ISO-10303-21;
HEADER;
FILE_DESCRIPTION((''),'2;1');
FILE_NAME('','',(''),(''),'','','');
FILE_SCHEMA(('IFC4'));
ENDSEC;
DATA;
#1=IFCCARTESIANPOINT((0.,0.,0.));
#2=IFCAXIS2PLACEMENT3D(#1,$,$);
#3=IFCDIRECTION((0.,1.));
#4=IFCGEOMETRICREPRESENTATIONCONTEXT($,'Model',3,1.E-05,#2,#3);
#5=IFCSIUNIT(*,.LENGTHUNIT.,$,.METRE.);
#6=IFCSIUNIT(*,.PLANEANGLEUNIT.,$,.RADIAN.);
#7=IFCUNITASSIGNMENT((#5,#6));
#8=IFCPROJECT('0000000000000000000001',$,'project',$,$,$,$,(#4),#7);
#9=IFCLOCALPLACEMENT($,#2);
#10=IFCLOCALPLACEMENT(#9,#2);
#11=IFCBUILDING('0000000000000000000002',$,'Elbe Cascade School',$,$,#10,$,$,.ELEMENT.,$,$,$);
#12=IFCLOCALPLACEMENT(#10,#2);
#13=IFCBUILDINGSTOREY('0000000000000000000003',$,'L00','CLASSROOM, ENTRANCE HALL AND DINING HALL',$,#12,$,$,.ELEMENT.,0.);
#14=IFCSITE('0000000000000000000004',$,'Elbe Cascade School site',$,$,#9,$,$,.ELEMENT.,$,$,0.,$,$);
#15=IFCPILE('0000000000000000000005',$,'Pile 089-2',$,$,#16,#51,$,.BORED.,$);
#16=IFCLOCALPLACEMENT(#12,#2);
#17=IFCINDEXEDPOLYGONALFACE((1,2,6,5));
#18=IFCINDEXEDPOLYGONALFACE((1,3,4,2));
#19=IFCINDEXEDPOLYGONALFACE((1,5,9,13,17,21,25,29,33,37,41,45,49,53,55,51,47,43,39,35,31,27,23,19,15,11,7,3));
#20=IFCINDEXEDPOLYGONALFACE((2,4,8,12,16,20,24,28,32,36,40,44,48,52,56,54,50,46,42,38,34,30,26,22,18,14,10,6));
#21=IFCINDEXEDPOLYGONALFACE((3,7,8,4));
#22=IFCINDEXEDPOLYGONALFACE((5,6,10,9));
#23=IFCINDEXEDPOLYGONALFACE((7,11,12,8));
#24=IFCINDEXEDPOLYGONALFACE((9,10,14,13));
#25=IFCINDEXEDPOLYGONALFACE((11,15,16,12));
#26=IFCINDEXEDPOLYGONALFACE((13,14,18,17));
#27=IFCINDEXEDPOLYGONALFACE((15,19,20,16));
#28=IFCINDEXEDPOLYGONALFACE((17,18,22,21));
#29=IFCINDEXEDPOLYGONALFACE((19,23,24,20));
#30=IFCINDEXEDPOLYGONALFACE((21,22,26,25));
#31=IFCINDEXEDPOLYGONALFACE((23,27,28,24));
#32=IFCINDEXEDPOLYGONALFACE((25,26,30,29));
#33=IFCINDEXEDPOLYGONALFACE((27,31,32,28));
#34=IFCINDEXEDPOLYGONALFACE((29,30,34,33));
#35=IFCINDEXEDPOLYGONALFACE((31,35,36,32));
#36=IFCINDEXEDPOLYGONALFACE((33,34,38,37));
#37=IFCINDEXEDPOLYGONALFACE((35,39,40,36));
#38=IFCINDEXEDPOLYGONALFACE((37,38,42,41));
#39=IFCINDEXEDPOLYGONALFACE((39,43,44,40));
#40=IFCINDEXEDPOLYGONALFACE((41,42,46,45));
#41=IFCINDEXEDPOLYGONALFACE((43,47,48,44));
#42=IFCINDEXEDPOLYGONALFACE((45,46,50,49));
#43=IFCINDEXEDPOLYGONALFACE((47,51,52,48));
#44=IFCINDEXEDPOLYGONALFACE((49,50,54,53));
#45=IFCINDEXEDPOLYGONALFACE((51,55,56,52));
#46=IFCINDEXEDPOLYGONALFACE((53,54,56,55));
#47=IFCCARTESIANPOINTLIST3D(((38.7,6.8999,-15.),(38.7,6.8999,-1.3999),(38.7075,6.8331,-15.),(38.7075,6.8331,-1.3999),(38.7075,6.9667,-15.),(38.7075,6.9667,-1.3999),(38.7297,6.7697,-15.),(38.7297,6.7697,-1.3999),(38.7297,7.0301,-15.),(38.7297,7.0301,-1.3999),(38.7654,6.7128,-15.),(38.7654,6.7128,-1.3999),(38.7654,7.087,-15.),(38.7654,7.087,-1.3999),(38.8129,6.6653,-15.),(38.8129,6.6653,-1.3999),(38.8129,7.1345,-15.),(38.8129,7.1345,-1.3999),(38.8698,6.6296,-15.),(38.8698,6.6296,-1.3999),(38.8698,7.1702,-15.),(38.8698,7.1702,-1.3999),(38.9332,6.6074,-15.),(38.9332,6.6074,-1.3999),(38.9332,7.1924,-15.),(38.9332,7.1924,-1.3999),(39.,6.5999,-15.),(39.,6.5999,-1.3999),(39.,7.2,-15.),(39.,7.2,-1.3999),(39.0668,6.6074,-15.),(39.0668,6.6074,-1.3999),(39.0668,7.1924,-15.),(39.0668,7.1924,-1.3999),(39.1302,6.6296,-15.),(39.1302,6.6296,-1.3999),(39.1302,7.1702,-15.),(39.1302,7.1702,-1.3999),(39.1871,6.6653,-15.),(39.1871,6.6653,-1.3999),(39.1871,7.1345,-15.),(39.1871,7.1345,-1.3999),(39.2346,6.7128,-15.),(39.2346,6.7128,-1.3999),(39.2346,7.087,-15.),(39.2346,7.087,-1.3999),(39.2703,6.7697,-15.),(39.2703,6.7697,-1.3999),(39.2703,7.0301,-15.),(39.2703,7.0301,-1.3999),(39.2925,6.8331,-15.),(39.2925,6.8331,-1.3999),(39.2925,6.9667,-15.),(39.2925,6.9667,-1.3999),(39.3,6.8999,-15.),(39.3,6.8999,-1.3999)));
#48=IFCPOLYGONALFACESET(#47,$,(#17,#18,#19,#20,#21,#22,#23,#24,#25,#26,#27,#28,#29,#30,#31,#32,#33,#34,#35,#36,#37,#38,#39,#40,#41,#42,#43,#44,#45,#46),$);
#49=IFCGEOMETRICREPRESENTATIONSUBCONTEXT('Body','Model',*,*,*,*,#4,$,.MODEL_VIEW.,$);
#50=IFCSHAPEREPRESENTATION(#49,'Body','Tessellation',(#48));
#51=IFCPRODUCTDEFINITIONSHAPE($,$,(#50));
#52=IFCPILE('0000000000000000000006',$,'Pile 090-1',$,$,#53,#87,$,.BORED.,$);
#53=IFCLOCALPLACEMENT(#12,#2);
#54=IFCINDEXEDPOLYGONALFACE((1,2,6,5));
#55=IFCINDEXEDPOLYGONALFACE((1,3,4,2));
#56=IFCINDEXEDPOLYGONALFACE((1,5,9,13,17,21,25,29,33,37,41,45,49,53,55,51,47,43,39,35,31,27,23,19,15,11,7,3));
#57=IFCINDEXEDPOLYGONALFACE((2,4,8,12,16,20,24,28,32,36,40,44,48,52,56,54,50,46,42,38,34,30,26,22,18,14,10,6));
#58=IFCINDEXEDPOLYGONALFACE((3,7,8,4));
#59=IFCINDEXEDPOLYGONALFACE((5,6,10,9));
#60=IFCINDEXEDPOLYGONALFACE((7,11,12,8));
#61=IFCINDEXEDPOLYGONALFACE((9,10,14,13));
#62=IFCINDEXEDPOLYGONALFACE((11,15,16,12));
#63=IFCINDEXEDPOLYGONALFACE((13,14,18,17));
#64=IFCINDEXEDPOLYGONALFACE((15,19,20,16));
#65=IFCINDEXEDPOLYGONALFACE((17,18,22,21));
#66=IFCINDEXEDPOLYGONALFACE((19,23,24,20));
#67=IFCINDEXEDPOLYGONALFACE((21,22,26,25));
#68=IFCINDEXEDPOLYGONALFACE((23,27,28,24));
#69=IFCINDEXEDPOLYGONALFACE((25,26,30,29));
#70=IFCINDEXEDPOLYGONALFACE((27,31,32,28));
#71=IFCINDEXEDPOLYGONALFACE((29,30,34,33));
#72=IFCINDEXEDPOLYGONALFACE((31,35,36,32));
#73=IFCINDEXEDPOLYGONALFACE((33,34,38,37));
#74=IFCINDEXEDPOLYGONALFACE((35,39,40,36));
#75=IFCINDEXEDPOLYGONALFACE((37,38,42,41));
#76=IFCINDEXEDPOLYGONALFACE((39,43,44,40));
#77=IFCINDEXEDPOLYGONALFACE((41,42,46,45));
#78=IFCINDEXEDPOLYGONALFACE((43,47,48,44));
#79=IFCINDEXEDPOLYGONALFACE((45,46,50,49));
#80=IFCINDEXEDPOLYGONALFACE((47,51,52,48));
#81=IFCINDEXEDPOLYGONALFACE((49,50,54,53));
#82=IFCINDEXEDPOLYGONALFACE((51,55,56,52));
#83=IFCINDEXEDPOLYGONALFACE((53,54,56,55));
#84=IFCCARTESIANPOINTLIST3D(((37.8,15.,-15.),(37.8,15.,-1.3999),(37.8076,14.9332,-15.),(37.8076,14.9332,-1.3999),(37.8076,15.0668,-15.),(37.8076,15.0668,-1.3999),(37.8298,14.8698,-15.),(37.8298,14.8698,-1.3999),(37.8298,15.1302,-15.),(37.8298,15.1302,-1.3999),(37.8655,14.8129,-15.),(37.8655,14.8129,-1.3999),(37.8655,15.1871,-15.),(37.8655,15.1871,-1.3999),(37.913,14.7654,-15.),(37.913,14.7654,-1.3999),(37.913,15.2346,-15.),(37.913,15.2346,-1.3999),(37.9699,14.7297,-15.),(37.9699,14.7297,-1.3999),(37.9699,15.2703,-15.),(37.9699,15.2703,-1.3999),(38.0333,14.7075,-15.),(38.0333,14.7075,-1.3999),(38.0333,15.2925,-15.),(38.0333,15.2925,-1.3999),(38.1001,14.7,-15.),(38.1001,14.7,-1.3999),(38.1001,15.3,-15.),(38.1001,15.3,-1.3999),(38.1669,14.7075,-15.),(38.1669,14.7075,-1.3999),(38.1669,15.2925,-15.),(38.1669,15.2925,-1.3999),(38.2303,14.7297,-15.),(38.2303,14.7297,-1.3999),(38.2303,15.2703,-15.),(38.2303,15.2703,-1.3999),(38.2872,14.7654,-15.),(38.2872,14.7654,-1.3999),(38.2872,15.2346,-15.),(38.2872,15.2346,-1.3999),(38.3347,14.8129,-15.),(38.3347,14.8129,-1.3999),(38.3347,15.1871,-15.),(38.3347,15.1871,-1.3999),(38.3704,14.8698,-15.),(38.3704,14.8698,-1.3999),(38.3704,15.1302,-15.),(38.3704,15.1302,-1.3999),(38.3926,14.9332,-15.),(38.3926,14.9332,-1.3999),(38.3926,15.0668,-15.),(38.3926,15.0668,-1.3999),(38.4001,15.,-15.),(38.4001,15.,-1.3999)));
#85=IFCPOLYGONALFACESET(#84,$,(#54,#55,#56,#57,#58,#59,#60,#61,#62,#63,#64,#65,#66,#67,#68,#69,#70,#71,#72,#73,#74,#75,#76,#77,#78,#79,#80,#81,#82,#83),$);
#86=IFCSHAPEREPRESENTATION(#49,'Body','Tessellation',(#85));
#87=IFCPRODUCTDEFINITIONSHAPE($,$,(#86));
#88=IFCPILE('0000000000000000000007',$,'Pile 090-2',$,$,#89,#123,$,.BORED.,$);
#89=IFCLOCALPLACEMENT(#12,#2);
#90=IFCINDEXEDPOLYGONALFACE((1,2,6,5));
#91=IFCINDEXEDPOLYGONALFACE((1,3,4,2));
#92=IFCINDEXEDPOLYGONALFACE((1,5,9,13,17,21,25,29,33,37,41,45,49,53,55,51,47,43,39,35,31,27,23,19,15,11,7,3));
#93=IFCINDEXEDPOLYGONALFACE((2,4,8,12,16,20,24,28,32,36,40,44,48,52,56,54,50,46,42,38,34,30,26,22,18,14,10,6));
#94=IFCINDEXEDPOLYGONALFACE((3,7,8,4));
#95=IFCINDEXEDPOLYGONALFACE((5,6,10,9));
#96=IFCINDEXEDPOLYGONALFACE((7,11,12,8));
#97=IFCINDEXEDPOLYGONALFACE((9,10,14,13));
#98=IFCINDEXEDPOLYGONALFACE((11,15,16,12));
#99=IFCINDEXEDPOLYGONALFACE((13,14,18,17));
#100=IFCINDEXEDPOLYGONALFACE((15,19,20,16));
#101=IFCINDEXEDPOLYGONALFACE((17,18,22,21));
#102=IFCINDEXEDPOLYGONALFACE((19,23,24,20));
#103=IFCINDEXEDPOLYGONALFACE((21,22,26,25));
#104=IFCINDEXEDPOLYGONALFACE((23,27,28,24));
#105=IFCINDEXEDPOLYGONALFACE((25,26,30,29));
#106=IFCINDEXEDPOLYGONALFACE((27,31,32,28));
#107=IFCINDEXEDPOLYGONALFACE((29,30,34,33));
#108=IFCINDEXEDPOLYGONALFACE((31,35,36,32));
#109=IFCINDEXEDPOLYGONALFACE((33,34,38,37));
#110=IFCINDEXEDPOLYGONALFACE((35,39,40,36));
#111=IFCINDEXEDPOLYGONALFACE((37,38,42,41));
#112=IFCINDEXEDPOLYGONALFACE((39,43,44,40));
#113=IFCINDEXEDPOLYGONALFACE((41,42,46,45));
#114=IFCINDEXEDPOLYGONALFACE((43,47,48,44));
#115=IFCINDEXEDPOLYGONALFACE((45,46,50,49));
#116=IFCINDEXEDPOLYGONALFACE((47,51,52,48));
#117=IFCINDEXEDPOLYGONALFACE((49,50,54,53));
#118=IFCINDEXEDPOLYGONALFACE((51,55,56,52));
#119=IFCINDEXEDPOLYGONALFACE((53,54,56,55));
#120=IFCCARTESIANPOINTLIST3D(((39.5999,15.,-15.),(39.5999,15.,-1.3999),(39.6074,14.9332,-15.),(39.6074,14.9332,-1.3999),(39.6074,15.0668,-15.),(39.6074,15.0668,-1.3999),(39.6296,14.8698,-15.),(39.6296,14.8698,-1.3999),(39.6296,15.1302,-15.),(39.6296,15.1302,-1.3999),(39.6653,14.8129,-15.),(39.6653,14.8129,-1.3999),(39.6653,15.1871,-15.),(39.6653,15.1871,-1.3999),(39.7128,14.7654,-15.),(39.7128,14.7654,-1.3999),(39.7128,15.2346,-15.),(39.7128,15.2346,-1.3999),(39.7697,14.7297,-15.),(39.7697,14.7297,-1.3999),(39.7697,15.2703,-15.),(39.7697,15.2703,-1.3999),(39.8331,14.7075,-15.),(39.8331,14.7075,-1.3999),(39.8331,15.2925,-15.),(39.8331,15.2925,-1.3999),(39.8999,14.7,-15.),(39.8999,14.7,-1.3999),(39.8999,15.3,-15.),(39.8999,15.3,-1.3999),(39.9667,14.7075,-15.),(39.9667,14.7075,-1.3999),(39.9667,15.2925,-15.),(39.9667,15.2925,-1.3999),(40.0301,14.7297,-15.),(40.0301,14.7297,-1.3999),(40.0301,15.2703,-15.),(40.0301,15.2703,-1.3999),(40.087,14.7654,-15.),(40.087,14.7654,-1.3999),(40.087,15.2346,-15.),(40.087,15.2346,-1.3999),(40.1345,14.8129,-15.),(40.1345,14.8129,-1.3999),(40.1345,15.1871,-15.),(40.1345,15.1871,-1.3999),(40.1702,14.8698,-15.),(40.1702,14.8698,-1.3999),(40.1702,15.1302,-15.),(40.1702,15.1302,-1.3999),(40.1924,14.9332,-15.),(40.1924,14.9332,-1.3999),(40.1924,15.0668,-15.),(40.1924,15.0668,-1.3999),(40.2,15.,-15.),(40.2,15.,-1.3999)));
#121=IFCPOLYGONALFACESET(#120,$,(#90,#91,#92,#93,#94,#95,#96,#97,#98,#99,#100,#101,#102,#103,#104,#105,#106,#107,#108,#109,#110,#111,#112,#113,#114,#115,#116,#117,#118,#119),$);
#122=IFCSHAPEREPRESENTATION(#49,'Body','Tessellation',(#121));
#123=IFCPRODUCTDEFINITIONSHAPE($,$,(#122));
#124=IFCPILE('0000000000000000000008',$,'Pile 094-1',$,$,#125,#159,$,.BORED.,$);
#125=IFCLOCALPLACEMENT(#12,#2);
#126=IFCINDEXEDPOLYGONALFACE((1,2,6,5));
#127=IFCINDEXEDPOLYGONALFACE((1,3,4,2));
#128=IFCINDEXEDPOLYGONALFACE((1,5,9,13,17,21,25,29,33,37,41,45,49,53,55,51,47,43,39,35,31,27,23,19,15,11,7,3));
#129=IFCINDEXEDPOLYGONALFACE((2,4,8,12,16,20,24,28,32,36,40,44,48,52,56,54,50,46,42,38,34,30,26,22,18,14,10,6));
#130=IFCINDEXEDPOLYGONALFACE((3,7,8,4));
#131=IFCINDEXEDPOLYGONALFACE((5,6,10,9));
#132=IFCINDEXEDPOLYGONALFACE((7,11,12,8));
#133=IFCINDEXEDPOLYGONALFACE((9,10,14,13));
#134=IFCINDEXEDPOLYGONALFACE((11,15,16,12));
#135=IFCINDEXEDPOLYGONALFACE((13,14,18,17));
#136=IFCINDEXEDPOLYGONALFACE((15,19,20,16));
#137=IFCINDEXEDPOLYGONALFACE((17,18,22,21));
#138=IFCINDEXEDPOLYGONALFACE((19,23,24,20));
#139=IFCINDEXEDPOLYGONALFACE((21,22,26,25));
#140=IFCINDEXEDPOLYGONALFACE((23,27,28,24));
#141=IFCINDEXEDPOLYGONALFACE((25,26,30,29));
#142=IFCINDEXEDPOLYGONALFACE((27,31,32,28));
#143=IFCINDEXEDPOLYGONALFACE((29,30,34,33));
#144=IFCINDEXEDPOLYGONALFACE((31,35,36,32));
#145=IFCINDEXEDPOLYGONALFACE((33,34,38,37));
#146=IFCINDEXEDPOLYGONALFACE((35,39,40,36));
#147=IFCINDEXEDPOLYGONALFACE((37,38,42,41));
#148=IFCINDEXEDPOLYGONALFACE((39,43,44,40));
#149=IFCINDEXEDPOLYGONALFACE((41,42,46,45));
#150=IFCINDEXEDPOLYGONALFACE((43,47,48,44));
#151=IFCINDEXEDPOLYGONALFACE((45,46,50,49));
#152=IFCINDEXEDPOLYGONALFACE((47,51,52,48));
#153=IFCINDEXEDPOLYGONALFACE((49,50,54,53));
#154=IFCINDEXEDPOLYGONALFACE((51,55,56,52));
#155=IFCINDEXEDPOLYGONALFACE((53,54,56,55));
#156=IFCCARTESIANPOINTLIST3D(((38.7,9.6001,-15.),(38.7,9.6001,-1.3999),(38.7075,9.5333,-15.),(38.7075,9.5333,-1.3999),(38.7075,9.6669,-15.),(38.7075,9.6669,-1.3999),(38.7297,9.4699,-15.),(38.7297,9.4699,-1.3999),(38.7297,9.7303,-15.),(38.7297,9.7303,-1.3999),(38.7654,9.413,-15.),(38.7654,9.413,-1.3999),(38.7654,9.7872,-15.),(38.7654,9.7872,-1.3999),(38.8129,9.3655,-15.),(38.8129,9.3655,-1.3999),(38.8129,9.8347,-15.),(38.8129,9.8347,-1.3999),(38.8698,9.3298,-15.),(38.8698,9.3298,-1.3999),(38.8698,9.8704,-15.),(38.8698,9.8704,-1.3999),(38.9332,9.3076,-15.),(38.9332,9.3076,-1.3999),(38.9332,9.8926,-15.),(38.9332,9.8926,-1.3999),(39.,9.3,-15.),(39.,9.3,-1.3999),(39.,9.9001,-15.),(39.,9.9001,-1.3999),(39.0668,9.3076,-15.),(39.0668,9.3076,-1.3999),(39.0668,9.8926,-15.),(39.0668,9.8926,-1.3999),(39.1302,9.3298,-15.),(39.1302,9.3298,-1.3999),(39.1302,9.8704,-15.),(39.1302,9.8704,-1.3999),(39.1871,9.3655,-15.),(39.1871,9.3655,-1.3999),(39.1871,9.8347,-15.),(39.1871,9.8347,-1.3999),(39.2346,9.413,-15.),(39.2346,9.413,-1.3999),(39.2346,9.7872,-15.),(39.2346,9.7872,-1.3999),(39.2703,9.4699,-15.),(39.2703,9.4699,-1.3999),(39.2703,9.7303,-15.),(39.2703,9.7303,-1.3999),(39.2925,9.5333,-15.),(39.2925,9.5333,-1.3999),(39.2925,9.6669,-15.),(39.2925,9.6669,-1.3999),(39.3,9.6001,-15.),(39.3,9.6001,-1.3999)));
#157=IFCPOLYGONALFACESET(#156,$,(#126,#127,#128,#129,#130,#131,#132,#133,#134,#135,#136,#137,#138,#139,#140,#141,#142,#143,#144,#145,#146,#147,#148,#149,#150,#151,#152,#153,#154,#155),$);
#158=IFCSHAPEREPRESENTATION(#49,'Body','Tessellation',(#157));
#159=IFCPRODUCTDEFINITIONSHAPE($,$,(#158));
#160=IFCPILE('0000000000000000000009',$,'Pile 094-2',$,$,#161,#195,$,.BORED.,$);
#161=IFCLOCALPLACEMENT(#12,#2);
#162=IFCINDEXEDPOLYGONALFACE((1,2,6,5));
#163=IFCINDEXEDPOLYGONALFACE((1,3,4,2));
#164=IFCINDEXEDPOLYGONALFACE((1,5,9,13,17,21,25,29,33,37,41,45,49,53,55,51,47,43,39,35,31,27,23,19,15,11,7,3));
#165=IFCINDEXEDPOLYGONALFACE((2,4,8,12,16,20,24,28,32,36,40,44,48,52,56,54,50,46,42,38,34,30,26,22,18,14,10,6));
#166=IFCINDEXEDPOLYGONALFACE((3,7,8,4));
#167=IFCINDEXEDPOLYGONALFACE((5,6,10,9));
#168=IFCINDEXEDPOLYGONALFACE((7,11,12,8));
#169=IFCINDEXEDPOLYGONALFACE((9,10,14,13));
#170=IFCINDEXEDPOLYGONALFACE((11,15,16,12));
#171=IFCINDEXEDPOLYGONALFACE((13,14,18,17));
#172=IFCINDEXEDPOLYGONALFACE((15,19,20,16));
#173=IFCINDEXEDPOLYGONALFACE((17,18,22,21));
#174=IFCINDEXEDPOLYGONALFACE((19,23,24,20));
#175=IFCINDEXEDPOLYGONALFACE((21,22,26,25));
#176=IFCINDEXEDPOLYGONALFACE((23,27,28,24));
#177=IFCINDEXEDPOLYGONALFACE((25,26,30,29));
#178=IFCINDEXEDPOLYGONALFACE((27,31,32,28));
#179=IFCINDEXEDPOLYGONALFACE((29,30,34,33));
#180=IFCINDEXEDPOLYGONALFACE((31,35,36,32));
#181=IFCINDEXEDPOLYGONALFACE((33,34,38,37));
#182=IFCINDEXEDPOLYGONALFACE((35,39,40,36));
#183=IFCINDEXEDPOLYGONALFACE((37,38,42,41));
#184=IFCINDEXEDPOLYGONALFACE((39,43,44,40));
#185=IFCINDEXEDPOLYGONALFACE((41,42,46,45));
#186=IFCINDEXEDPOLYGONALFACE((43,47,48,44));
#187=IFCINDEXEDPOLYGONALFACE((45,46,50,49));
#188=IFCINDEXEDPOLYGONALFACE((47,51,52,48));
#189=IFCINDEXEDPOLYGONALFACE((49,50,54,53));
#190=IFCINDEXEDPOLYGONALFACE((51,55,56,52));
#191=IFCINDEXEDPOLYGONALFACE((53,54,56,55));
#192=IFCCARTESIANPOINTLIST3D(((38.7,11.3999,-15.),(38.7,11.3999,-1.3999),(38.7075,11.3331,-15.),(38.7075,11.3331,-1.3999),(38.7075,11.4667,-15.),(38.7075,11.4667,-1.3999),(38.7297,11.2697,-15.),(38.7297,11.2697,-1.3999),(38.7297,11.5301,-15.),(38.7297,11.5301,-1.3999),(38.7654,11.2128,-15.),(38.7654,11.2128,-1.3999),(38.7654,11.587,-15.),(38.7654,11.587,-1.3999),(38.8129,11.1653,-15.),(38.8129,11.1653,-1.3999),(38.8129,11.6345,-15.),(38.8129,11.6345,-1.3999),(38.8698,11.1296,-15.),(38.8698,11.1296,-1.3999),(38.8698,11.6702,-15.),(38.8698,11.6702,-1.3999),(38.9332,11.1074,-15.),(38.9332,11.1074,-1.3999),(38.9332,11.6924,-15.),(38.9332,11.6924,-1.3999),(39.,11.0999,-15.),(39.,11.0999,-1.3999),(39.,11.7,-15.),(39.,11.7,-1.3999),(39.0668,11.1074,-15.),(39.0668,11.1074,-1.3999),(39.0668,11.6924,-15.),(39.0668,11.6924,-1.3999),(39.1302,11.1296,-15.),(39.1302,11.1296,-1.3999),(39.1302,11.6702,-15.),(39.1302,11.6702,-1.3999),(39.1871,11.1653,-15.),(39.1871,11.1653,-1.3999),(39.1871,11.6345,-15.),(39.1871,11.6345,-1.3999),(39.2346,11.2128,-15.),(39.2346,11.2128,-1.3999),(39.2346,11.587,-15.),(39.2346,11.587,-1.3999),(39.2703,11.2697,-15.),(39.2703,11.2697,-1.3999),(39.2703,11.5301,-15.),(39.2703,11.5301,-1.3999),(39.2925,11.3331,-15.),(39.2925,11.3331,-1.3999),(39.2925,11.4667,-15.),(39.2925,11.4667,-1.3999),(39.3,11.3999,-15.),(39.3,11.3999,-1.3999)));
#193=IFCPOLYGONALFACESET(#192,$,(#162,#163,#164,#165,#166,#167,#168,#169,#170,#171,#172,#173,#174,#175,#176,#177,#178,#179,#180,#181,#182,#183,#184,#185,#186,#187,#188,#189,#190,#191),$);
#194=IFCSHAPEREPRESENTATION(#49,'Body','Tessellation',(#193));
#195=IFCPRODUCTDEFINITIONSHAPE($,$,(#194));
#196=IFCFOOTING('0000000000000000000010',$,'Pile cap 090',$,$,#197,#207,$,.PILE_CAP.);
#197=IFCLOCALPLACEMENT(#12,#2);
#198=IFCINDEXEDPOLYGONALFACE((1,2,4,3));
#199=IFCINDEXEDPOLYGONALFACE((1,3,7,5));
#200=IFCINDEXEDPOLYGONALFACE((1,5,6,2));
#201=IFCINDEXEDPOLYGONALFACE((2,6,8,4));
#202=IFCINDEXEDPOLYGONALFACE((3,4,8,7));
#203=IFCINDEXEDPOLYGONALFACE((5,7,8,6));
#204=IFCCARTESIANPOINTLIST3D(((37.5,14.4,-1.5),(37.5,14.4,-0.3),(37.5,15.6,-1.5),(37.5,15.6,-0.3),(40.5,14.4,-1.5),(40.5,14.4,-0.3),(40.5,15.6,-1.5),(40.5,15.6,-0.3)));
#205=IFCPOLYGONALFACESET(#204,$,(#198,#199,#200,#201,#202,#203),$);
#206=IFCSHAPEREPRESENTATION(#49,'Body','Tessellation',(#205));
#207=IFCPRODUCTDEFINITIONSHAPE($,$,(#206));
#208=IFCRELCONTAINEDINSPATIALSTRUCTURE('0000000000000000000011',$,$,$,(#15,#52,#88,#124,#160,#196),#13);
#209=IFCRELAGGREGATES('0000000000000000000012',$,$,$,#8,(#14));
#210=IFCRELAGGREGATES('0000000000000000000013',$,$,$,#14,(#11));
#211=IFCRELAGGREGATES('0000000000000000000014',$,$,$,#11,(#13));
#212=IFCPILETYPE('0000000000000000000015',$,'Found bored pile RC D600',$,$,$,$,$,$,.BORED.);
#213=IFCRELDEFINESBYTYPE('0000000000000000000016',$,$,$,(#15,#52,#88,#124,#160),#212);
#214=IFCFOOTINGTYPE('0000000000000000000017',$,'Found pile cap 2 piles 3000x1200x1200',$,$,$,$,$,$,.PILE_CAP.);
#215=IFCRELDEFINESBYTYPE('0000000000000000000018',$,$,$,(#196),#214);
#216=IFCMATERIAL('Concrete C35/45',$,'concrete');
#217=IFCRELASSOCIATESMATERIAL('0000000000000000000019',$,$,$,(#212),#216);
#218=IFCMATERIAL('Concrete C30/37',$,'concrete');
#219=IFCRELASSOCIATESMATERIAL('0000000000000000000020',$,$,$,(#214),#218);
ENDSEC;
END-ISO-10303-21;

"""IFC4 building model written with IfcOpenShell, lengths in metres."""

from ifc_helpers import new_model, si_unit, direction, frame, origin, origin_2d, place, context, subcontext, project, spatial, rectangle, circle, extrude, material, material_profile, profile_set, type_object, element, save


model = new_model("IFC4")

# Units and contexts
model_context = context("Model", 3, precision=1e-05, world=origin(), true_north=direction((0.0, 1.0)))
body_context = subcontext(model_context, "Body", "Model", "MODEL_VIEW")
ifc_project = project(units=[si_unit("LENGTHUNIT", "METRE"), si_unit("PLANEANGLEUNIT", "RADIAN")], contexts=[model_context])

# Site, building, storey
site_placement = place(None, origin())
site = spatial("IfcSite", under=ifc_project, at=site_placement, Name="Elbe Cascade School site", CompositionType="ELEMENT", RefElevation=0.0)
building_placement = place(site_placement, origin())
building = spatial("IfcBuilding", under=site, at=building_placement, Name="Elbe Cascade School", CompositionType="ELEMENT")
storey_placement = place(building_placement, origin())
storey = spatial("IfcBuildingStorey", under=building, at=storey_placement, Name="L00", Description="CLASSROOM, ENTRANCE HALL AND DINING HALL", CompositionType="ELEMENT", Elevation=0.0)

# Piles
ifc_material_1 = material(Name="Concrete C35/45", Category="concrete")
ifc_material_profile_1 = material_profile(ifc_material_1, circle(Radius=0.3, at=origin_2d()), Name="RC D600")
ifc_profile_set_1 = profile_set([ifc_material_profile_1], Name="Concrete C35/45")
pile_type = type_object("IfcPileType", Name="Found bored pile RC D600", PredefinedType="BORED", material=ifc_profile_set_1)
for number, where, z_axis, x_axis, name in (
    (1, (39.0, 6.8999, -1.3999), (0.0, 0.0, -1.0), (1.0, 0.0, 0.0), "Pile 089-2"),
    (2, (38.1001, 15.0, -1.3999), (0.0, 0.0, -1.0), (1.0, 0.0, 0.0), "Pile 090-1"),
    (3, (39.8999, 15.0, -1.3999), (0.0, 0.0, -1.0), (1.0, 0.0, 0.0), "Pile 090-2"),
    (4, (39.0, 9.6001, -1.3999), (0.0, 0.0, -1.0), (1.0, 0.0, 0.0), "Pile 094-1"),
    (5, (39.0, 11.3999, -1.3999), (0.0, 0.0, -1.0), (1.0, 0.0, 0.0), "Pile 094-2"),
):
    element("IfcPile", number, at=place(storey_placement, frame(where, z_axis=z_axis, x_axis=x_axis)), inside=storey, type_object=pile_type, Name=name, PredefinedType="BORED", context=body_context, shape_type="SweptSolid", body=[
        extrude(circle(Radius=0.3, at=origin_2d()), origin(), (0.0, 0.0, 1.0), 13.6001),
    ])

# Footing
ifc_material_2 = material(Name="Concrete C30/37", Category="concrete")
footing_type = type_object("IfcFootingType", Name="Found pile cap 2 piles 3000x1200x1200", PredefinedType="PILE_CAP", material=ifc_material_2)
footing_1_placement = place(storey_placement, frame((39.0, 15.0, -1.5), z_axis=(0.0, 0.0, 1.0), x_axis=(1.0, 0.0, 0.0)))
element("IfcFooting", 6, at=footing_1_placement, inside=storey, type_object=footing_type, Name="Pile cap 090", PredefinedType="PILE_CAP", context=body_context, shape_type="SweptSolid", body=[
    extrude(rectangle(XDim=3.0, YDim=1.2, at=origin_2d()), origin(), (0.0, 0.0, 1.0), 1.2),
])

save(model, "model.ifc")
